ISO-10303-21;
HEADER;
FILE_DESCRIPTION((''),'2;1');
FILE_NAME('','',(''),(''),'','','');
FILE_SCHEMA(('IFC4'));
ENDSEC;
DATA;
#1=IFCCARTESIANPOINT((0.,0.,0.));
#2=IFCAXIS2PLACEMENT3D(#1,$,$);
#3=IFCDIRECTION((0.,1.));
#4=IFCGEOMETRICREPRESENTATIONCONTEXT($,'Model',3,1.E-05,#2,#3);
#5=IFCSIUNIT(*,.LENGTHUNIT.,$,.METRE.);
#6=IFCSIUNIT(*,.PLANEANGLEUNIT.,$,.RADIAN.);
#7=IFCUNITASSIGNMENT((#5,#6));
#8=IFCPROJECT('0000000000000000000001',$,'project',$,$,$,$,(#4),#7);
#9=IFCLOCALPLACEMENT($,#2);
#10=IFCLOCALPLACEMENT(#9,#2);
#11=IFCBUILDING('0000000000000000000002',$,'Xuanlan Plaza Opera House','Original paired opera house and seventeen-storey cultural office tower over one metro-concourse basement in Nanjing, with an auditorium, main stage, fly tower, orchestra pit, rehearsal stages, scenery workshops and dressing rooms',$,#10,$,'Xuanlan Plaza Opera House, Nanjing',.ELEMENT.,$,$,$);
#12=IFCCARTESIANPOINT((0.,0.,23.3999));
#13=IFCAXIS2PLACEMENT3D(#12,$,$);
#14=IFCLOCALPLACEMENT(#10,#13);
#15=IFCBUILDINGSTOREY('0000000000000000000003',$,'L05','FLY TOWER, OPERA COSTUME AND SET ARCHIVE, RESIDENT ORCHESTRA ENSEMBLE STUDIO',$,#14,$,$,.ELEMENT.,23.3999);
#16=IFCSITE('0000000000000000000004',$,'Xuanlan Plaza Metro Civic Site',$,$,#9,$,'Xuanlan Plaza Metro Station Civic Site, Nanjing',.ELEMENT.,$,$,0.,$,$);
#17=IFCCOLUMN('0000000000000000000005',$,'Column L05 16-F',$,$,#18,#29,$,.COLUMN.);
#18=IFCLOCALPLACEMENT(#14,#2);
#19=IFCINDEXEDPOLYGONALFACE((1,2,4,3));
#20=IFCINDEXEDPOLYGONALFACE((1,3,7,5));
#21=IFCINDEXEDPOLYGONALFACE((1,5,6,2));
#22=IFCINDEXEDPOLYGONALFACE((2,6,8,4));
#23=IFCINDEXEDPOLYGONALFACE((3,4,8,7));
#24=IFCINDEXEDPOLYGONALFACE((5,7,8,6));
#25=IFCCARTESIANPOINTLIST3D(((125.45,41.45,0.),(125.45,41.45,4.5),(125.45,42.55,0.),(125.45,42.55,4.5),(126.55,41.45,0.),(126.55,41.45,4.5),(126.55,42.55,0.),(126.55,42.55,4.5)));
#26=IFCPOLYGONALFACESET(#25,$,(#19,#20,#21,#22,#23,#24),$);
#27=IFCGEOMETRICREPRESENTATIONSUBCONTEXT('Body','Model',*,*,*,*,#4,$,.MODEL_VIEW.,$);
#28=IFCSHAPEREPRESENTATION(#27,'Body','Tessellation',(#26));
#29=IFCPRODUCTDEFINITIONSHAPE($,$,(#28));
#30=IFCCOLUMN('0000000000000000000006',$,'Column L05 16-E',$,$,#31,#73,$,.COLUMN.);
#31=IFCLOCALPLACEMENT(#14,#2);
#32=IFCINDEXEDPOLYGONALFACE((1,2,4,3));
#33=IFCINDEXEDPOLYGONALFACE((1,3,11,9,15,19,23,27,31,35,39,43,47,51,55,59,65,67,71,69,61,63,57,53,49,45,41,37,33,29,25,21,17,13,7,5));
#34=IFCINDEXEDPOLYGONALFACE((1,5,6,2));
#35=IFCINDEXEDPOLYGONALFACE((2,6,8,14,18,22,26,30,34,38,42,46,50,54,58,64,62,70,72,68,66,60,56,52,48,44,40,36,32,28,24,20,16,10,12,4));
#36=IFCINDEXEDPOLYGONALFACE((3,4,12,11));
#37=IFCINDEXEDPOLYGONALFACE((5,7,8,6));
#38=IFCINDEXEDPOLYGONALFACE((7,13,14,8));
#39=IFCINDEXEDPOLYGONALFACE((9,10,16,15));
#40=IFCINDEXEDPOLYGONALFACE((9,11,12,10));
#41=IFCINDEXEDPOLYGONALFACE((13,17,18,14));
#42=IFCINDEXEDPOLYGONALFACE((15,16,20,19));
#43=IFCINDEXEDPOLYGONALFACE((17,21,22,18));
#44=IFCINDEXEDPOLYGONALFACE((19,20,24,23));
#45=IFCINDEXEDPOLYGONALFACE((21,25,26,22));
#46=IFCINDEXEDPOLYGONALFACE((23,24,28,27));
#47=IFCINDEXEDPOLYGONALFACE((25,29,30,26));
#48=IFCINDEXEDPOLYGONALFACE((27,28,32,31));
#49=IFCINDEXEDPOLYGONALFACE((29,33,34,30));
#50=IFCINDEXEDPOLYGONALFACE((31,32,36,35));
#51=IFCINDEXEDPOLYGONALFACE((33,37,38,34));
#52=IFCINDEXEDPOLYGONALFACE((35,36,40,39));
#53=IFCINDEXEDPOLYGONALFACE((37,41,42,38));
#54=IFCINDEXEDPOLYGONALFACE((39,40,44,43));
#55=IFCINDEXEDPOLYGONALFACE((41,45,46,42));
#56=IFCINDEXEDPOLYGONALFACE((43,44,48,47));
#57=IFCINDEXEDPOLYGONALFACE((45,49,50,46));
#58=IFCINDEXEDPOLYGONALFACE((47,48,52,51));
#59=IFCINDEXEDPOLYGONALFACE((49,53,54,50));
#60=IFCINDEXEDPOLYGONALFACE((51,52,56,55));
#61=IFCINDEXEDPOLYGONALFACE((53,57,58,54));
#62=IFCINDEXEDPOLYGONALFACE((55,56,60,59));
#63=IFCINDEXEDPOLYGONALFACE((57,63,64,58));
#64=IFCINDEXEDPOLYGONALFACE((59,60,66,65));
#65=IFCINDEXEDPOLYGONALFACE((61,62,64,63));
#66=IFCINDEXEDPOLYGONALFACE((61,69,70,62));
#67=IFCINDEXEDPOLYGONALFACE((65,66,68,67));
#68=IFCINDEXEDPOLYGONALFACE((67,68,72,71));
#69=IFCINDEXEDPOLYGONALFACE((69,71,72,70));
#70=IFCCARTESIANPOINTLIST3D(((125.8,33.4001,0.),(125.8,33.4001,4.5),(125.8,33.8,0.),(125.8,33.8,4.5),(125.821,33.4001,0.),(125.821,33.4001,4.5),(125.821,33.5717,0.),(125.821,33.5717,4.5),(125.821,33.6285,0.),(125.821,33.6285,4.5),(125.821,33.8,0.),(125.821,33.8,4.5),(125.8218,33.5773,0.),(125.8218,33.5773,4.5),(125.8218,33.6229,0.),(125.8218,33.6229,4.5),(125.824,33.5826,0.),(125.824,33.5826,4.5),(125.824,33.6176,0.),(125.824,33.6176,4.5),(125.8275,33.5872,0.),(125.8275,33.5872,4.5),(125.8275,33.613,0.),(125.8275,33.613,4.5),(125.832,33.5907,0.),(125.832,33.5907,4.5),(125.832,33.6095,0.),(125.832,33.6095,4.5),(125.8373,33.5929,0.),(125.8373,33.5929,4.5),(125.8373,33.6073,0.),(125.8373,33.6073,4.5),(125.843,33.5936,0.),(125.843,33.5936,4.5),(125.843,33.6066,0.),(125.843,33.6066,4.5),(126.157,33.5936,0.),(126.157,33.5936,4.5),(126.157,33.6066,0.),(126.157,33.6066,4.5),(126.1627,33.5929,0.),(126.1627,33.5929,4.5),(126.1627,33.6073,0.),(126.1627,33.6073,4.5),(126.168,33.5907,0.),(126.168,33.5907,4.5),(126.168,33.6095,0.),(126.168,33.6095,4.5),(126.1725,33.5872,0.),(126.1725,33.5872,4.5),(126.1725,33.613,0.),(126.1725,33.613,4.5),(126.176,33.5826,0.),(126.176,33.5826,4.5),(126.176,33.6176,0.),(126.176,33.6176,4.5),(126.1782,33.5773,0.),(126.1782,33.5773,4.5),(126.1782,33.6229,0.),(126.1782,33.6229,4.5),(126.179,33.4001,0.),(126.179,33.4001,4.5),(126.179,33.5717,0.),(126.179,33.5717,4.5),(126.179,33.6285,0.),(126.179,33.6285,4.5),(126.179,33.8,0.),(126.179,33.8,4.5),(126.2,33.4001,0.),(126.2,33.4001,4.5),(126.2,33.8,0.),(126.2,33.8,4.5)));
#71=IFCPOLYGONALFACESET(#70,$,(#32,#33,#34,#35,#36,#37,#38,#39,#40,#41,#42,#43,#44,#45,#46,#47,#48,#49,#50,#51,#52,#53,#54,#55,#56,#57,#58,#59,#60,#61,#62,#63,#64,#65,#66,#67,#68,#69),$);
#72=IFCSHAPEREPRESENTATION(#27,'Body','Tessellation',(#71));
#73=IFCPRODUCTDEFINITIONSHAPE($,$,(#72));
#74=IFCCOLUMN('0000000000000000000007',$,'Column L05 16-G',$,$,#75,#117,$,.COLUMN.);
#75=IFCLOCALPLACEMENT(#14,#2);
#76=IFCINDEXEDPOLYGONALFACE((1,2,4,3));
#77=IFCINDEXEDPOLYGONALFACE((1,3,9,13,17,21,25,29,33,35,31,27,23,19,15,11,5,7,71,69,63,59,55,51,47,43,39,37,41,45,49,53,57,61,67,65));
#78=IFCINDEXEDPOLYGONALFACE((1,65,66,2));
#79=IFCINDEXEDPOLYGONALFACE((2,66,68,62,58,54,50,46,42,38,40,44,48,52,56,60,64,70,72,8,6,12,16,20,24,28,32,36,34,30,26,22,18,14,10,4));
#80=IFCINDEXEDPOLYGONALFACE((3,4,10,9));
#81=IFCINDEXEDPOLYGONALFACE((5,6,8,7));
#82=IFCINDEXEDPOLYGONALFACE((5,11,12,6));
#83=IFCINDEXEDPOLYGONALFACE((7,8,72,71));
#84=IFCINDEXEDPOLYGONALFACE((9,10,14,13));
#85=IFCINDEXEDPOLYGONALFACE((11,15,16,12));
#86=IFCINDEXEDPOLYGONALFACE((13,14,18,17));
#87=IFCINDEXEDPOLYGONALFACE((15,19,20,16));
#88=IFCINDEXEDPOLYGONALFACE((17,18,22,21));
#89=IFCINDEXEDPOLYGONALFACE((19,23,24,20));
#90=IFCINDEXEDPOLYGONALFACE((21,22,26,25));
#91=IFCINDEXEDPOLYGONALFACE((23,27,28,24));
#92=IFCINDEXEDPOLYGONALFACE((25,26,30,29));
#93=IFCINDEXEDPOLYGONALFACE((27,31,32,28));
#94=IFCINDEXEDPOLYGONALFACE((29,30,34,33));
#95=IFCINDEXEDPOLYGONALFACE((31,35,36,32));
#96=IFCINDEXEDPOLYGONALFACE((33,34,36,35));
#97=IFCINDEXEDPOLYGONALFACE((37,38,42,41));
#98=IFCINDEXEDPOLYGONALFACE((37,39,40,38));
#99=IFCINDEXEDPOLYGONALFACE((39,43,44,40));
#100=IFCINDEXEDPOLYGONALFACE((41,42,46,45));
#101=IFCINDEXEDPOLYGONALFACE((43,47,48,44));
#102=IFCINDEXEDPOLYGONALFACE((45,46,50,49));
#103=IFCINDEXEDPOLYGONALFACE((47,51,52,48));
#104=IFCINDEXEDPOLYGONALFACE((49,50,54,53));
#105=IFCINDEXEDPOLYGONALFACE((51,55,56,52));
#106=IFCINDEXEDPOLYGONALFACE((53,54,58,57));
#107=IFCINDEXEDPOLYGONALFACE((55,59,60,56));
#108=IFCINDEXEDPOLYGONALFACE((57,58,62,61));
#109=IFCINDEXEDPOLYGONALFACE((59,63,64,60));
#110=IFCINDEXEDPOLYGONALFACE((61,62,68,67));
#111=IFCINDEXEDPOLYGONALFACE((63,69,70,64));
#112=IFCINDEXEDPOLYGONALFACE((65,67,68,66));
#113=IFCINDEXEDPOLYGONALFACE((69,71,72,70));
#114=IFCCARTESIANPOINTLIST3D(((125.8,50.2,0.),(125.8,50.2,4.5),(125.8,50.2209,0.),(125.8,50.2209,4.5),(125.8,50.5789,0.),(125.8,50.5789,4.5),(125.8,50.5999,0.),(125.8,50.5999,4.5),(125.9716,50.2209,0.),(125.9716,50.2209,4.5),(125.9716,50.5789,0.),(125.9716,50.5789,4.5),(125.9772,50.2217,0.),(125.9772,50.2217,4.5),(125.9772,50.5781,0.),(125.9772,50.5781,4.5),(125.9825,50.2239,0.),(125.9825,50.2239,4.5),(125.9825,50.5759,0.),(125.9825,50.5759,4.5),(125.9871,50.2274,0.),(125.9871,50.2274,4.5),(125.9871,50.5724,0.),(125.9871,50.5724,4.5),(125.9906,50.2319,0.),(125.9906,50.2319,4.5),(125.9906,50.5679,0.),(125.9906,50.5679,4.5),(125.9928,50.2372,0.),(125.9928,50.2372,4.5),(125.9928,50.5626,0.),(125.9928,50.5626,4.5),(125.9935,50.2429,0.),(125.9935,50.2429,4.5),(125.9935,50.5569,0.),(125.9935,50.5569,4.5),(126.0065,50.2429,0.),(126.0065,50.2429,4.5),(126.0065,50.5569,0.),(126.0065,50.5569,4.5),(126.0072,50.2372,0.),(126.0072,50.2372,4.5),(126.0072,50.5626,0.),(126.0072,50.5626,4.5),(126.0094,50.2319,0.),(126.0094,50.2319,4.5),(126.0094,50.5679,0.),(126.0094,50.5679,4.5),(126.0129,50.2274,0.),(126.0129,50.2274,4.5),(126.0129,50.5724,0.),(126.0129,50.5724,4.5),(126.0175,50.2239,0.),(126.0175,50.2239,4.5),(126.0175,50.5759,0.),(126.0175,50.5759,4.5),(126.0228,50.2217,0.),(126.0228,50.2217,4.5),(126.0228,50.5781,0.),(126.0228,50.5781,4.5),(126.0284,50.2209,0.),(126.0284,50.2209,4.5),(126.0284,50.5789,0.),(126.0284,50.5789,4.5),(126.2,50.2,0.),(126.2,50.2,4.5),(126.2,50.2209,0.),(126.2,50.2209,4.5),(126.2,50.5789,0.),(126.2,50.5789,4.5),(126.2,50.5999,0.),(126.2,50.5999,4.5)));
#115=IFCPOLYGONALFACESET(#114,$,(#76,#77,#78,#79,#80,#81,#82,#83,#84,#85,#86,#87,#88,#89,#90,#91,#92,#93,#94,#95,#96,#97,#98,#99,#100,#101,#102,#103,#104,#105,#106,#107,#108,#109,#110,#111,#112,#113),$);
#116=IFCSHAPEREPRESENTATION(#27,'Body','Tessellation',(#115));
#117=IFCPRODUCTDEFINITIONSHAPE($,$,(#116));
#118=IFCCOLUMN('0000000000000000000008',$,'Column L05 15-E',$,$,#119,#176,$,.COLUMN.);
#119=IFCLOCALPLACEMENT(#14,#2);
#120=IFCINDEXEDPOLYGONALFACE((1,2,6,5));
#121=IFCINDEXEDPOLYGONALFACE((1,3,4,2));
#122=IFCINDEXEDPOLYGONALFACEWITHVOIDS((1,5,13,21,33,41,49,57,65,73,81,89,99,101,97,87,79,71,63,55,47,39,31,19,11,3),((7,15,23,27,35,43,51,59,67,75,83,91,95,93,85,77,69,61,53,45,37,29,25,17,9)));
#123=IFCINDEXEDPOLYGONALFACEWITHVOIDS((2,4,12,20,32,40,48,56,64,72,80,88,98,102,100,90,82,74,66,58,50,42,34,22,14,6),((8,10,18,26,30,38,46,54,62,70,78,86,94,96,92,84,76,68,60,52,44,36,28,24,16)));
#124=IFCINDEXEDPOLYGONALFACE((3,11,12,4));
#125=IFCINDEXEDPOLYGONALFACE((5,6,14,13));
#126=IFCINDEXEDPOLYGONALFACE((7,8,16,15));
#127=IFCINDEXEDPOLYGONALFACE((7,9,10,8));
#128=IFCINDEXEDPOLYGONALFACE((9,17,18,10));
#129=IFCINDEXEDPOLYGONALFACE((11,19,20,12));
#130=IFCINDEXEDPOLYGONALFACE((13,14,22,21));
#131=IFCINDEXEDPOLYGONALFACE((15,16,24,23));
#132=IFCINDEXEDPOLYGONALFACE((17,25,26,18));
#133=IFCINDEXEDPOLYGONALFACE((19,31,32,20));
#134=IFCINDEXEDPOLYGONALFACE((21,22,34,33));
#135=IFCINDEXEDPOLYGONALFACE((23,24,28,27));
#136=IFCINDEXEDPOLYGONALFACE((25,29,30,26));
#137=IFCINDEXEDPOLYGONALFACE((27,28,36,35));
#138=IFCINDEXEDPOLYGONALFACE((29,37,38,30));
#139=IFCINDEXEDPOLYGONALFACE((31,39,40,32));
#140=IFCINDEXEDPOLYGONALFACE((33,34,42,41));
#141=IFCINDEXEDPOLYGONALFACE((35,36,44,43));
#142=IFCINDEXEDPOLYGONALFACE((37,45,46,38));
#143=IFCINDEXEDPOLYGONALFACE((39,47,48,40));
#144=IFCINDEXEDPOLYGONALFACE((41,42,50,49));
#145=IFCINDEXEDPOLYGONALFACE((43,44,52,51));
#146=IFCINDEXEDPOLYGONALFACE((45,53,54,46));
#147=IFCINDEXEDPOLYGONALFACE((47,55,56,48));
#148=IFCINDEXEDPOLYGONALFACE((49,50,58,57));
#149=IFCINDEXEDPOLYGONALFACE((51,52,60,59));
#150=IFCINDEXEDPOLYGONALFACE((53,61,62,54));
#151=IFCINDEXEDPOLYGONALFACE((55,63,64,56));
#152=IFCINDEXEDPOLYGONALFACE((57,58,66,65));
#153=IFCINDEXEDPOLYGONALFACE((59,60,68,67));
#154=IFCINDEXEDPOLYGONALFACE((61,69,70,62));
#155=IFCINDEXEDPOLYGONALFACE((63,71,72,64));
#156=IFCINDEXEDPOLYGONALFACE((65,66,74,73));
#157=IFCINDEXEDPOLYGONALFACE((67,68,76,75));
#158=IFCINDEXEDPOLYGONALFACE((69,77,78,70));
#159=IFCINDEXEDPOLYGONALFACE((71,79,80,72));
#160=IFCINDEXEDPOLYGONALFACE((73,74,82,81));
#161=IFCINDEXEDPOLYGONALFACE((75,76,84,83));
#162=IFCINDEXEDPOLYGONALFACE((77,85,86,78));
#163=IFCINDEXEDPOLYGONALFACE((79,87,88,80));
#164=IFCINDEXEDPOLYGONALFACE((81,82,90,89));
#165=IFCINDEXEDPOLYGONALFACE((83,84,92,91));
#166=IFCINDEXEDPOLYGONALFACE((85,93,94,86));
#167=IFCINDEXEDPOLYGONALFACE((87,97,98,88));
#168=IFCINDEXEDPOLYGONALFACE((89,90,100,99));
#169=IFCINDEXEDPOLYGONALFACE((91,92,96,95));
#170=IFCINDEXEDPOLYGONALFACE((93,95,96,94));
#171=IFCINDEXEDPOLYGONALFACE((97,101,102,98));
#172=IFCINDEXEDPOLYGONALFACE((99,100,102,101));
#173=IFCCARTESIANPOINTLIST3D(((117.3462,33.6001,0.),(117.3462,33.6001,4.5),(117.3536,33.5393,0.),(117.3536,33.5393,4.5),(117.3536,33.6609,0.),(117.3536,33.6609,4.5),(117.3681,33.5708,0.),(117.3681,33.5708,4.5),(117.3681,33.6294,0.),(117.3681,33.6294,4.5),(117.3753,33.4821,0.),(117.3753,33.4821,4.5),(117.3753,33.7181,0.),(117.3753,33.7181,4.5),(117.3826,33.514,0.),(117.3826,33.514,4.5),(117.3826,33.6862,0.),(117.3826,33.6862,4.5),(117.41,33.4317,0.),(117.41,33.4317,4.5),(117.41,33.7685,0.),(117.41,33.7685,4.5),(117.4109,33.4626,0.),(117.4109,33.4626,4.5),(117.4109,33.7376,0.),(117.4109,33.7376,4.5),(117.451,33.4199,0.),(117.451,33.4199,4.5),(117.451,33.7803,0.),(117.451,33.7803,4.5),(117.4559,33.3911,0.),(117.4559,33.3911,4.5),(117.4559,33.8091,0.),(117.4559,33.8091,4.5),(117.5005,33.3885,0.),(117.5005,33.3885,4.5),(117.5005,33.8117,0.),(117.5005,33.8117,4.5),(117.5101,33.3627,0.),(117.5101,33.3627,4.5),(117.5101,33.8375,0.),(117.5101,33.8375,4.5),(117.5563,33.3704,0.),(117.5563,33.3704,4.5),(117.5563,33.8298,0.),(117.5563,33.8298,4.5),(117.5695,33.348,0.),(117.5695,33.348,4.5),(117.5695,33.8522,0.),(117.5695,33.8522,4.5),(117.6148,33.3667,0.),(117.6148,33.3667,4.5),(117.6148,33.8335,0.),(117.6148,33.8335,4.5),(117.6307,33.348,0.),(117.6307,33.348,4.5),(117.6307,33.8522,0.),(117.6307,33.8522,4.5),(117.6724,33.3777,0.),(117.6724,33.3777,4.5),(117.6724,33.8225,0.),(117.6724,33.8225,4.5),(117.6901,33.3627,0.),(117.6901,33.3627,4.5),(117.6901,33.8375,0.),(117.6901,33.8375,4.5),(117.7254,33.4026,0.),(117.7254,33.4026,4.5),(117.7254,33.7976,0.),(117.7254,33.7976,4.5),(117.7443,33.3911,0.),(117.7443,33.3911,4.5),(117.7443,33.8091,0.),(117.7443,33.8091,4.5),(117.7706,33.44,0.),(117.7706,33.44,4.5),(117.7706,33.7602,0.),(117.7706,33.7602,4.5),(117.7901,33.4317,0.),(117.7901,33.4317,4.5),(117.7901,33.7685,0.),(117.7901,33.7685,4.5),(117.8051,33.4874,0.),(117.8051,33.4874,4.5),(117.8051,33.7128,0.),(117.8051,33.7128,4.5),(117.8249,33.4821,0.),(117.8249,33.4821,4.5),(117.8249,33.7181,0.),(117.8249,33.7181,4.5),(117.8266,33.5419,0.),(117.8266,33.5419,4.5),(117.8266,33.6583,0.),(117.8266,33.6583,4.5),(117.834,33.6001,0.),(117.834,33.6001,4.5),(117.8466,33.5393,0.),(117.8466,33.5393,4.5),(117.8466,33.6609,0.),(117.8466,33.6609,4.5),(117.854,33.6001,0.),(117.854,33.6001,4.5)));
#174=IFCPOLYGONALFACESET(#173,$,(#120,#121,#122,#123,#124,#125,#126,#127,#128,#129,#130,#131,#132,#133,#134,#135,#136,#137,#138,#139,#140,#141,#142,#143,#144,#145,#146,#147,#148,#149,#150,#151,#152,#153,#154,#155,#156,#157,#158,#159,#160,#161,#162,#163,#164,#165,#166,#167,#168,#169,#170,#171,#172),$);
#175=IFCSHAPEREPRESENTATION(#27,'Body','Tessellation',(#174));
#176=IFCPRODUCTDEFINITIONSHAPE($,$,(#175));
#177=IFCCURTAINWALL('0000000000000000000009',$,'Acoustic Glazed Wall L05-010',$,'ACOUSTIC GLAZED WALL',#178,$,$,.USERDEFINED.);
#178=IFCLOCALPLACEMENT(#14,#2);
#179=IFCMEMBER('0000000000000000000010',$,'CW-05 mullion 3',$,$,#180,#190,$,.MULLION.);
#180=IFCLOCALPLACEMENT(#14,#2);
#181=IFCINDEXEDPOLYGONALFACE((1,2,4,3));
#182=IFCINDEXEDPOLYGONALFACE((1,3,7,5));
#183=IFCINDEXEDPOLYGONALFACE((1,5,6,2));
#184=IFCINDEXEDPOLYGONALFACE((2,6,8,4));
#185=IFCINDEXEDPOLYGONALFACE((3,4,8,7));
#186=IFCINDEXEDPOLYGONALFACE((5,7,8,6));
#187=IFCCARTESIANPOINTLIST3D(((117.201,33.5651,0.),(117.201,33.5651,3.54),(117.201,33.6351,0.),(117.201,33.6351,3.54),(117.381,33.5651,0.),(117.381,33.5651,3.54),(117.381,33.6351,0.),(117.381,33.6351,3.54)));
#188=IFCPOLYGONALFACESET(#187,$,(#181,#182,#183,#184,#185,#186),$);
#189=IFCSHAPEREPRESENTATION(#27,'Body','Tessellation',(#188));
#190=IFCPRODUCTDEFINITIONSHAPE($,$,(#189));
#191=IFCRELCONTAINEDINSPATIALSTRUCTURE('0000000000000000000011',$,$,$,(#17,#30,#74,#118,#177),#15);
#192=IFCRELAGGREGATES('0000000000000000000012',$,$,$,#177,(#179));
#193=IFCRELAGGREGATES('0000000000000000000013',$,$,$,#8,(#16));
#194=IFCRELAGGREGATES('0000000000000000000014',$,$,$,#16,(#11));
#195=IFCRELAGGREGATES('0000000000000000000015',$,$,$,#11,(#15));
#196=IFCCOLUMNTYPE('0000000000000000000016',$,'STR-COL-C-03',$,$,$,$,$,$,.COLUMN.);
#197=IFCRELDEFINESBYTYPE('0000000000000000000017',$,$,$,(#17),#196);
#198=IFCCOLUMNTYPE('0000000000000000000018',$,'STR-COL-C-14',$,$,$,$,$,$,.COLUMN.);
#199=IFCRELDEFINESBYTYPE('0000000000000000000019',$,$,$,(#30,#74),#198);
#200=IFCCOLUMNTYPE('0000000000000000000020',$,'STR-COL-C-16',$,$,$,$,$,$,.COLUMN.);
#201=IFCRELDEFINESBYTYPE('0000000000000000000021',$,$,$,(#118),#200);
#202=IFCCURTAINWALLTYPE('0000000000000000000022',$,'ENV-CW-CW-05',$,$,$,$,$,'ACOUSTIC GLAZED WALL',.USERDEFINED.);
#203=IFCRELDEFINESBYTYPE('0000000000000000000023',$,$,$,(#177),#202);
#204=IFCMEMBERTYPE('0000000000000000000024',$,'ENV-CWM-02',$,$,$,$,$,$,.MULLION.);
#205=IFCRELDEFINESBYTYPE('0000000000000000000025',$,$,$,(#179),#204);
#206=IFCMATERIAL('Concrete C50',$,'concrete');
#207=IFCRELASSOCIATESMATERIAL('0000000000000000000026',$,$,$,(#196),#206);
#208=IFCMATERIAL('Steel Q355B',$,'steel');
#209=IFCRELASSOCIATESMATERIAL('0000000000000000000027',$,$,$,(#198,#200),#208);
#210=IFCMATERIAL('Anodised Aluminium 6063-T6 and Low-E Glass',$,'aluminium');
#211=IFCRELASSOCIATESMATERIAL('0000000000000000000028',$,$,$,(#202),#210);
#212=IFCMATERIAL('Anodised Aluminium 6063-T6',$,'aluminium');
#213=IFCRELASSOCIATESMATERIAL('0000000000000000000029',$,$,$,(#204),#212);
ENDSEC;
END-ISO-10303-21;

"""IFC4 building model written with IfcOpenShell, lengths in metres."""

from ifc_helpers import new_model, si_unit, direction, frame, origin, origin_2d, place, context, subcontext, project, spatial, rectangle, hollow_circle, i_section, extrude, material, material_profile, profile_set, type_object, element, aggregate, save


model = new_model("IFC4")

# Units and contexts
model_context = context("Model", 3, precision=1e-05, world=origin(), true_north=direction((0.0, 1.0)))
body_context = subcontext(model_context, "Body", "Model", "MODEL_VIEW")
ifc_project = project(units=[si_unit("LENGTHUNIT", "METRE"), si_unit("PLANEANGLEUNIT", "RADIAN")], contexts=[model_context])

# Site, building, storey
site_placement = place(None, origin())
site = spatial("IfcSite", under=ifc_project, at=site_placement, Name="Xuanlan Plaza Metro Civic Site", LongName="Xuanlan Plaza Metro Station Civic Site, Nanjing", CompositionType="ELEMENT", RefElevation=0.0)
building_placement = place(site_placement, origin())
building = spatial("IfcBuilding", under=site, at=building_placement, Name="Xuanlan Plaza Opera House", Description="Original paired opera house and seventeen-storey cultural office tower over one metro-concourse basement in Nanjing, with an auditorium, main stage, fly tower, orchestra pit, rehearsal stages, scenery workshops and dressing rooms", LongName="Xuanlan Plaza Opera House, Nanjing", CompositionType="ELEMENT")
storey_placement = place(building_placement, frame((0.0, 0.0, 23.3999)))
storey = spatial("IfcBuildingStorey", under=building, at=storey_placement, Name="L05", Description="FLY TOWER, OPERA COSTUME AND SET ARCHIVE, RESIDENT ORCHESTRA ENSEMBLE STUDIO", CompositionType="ELEMENT", Elevation=23.3999)

# Columns
ifc_material_1 = material(Name="Concrete C50", Category="concrete")
ifc_material_profile_1 = material_profile(ifc_material_1, rectangle(XDim=1.1001, YDim=1.1001, at=origin_2d()), Name="RC-COL 1100x1100")
ifc_profile_set_1 = profile_set([ifc_material_profile_1], Name="Concrete C50")
column_type_1 = type_object("IfcColumnType", Name="STR-COL-C-03", PredefinedType="COLUMN", material=ifc_profile_set_1)
column_1_placement = place(storey_placement, frame((126.0, 42.0, 0.0), z_axis=(0.0, 0.0, 1.0), x_axis=(1.0, 0.0, 0.0)))
element("IfcColumn", 1, at=column_1_placement, inside=storey, type_object=column_type_1, Name="Column L05 16-F", PredefinedType="COLUMN", context=body_context, shape_type="SweptSolid", body=[
    extrude(rectangle(XDim=1.1001, YDim=1.1001, at=origin_2d()), origin(), (0.0, 0.0, 1.0), 4.5),
])
ifc_material_2 = material(Name="Steel Q355B", Category="steel")
ifc_material_profile_2 = material_profile(ifc_material_2, i_section(OverallWidth=0.3999, OverallDepth=0.3999, WebThickness=0.0129, FlangeThickness=0.021, FilletRadius=0.022, at=origin_2d()), Name="HW 400x400x13x21")
ifc_profile_set_2 = profile_set([ifc_material_profile_2], Name="Steel Q355B")
column_type_2 = type_object("IfcColumnType", Name="STR-COL-C-14", PredefinedType="COLUMN", material=ifc_profile_set_2)
for number, where, z_axis, x_axis, name in (
    (2, (126.0, 33.6001, 0.0), (0.0, 0.0, 1.0), (0.0, 1.0, 0.0), "Column L05 16-E"),
    (3, (126.0, 50.3999, 0.0), (0.0, 0.0, 1.0), (1.0, 0.0, 0.0), "Column L05 16-G"),
):
    element("IfcColumn", number, at=place(storey_placement, frame(where, z_axis=z_axis, x_axis=x_axis)), inside=storey, type_object=column_type_2, Name=name, PredefinedType="COLUMN", context=body_context, shape_type="SweptSolid", body=[
        extrude(i_section(OverallWidth=0.3999, OverallDepth=0.3999, WebThickness=0.0129, FlangeThickness=0.021, FilletRadius=0.022, at=origin_2d()), origin(), (0.0, 0.0, 1.0), 4.5),
    ])
ifc_material_profile_3 = material_profile(ifc_material_2, hollow_circle(Radius=0.2539, WallThickness=0.02, at=origin_2d()), Name="CHS 508x20")
ifc_profile_set_3 = profile_set([ifc_material_profile_3], Name="Steel Q355B")
column_type_3 = type_object("IfcColumnType", Name="STR-COL-C-16", PredefinedType="COLUMN", material=ifc_profile_set_3)
column_2_placement = place(storey_placement, frame((117.6001, 33.6001, 0.0), z_axis=(0.0, 0.0, 1.0), x_axis=(1.0, 0.0, 0.0)))
element("IfcColumn", 4, at=column_2_placement, inside=storey, type_object=column_type_3, Name="Column L05 15-E", PredefinedType="COLUMN", context=body_context, shape_type="SweptSolid", body=[
    extrude(hollow_circle(Radius=0.2539, WallThickness=0.02, at=origin_2d()), origin(), (0.0, 0.0, 1.0), 4.5),
])

# Curtain wall, member
ifc_material_3 = material(Name="Anodised Aluminium 6063-T6 and Low-E Glass", Category="aluminium")
curtain_wall_type_1 = type_object("IfcCurtainWallType", Name="ENV-CW-CW-05", ElementType="ACOUSTIC GLAZED WALL", PredefinedType="USERDEFINED", material=ifc_material_3)
curtain_wall_1_placement = place(storey_placement, origin())
curtain_wall_1 = element("IfcCurtainWall", 5, at=curtain_wall_1_placement, inside=storey, type_object=curtain_wall_type_1, Name="Acoustic Glazed Wall L05-010", ObjectType="ACOUSTIC GLAZED WALL", PredefinedType="USERDEFINED")
ifc_material_4 = material(Name="Anodised Aluminium 6063-T6", Category="aluminium")
ifc_material_profile_4 = material_profile(ifc_material_4, rectangle(XDim=0.0701, YDim=0.1799, at=origin_2d()), Name="ALU-M 70x180")
ifc_profile_set_4 = profile_set([ifc_material_profile_4], Name="Anodised Aluminium 6063-T6")
member_type_1 = type_object("IfcMemberType", Name="ENV-CWM-02", PredefinedType="MULLION", material=ifc_profile_set_4)
member_1_placement = place(storey_placement, frame((117.291, 33.6001, 0.0), z_axis=(0.0, 0.0, 1.0), x_axis=(0.0, 1.0, 0.0)))
member_1 = element("IfcMember", 6, at=member_1_placement, type_object=member_type_1, Name="CW-05 mullion 3", PredefinedType="MULLION", context=body_context, shape_type="SweptSolid", body=[
    extrude(rectangle(XDim=0.0701, YDim=0.1799, at=origin_2d()), origin(), (0.0, 0.0, 1.0), 3.54),
])
aggregate(curtain_wall_1, [member_1])

save(model, "model.ifc")
